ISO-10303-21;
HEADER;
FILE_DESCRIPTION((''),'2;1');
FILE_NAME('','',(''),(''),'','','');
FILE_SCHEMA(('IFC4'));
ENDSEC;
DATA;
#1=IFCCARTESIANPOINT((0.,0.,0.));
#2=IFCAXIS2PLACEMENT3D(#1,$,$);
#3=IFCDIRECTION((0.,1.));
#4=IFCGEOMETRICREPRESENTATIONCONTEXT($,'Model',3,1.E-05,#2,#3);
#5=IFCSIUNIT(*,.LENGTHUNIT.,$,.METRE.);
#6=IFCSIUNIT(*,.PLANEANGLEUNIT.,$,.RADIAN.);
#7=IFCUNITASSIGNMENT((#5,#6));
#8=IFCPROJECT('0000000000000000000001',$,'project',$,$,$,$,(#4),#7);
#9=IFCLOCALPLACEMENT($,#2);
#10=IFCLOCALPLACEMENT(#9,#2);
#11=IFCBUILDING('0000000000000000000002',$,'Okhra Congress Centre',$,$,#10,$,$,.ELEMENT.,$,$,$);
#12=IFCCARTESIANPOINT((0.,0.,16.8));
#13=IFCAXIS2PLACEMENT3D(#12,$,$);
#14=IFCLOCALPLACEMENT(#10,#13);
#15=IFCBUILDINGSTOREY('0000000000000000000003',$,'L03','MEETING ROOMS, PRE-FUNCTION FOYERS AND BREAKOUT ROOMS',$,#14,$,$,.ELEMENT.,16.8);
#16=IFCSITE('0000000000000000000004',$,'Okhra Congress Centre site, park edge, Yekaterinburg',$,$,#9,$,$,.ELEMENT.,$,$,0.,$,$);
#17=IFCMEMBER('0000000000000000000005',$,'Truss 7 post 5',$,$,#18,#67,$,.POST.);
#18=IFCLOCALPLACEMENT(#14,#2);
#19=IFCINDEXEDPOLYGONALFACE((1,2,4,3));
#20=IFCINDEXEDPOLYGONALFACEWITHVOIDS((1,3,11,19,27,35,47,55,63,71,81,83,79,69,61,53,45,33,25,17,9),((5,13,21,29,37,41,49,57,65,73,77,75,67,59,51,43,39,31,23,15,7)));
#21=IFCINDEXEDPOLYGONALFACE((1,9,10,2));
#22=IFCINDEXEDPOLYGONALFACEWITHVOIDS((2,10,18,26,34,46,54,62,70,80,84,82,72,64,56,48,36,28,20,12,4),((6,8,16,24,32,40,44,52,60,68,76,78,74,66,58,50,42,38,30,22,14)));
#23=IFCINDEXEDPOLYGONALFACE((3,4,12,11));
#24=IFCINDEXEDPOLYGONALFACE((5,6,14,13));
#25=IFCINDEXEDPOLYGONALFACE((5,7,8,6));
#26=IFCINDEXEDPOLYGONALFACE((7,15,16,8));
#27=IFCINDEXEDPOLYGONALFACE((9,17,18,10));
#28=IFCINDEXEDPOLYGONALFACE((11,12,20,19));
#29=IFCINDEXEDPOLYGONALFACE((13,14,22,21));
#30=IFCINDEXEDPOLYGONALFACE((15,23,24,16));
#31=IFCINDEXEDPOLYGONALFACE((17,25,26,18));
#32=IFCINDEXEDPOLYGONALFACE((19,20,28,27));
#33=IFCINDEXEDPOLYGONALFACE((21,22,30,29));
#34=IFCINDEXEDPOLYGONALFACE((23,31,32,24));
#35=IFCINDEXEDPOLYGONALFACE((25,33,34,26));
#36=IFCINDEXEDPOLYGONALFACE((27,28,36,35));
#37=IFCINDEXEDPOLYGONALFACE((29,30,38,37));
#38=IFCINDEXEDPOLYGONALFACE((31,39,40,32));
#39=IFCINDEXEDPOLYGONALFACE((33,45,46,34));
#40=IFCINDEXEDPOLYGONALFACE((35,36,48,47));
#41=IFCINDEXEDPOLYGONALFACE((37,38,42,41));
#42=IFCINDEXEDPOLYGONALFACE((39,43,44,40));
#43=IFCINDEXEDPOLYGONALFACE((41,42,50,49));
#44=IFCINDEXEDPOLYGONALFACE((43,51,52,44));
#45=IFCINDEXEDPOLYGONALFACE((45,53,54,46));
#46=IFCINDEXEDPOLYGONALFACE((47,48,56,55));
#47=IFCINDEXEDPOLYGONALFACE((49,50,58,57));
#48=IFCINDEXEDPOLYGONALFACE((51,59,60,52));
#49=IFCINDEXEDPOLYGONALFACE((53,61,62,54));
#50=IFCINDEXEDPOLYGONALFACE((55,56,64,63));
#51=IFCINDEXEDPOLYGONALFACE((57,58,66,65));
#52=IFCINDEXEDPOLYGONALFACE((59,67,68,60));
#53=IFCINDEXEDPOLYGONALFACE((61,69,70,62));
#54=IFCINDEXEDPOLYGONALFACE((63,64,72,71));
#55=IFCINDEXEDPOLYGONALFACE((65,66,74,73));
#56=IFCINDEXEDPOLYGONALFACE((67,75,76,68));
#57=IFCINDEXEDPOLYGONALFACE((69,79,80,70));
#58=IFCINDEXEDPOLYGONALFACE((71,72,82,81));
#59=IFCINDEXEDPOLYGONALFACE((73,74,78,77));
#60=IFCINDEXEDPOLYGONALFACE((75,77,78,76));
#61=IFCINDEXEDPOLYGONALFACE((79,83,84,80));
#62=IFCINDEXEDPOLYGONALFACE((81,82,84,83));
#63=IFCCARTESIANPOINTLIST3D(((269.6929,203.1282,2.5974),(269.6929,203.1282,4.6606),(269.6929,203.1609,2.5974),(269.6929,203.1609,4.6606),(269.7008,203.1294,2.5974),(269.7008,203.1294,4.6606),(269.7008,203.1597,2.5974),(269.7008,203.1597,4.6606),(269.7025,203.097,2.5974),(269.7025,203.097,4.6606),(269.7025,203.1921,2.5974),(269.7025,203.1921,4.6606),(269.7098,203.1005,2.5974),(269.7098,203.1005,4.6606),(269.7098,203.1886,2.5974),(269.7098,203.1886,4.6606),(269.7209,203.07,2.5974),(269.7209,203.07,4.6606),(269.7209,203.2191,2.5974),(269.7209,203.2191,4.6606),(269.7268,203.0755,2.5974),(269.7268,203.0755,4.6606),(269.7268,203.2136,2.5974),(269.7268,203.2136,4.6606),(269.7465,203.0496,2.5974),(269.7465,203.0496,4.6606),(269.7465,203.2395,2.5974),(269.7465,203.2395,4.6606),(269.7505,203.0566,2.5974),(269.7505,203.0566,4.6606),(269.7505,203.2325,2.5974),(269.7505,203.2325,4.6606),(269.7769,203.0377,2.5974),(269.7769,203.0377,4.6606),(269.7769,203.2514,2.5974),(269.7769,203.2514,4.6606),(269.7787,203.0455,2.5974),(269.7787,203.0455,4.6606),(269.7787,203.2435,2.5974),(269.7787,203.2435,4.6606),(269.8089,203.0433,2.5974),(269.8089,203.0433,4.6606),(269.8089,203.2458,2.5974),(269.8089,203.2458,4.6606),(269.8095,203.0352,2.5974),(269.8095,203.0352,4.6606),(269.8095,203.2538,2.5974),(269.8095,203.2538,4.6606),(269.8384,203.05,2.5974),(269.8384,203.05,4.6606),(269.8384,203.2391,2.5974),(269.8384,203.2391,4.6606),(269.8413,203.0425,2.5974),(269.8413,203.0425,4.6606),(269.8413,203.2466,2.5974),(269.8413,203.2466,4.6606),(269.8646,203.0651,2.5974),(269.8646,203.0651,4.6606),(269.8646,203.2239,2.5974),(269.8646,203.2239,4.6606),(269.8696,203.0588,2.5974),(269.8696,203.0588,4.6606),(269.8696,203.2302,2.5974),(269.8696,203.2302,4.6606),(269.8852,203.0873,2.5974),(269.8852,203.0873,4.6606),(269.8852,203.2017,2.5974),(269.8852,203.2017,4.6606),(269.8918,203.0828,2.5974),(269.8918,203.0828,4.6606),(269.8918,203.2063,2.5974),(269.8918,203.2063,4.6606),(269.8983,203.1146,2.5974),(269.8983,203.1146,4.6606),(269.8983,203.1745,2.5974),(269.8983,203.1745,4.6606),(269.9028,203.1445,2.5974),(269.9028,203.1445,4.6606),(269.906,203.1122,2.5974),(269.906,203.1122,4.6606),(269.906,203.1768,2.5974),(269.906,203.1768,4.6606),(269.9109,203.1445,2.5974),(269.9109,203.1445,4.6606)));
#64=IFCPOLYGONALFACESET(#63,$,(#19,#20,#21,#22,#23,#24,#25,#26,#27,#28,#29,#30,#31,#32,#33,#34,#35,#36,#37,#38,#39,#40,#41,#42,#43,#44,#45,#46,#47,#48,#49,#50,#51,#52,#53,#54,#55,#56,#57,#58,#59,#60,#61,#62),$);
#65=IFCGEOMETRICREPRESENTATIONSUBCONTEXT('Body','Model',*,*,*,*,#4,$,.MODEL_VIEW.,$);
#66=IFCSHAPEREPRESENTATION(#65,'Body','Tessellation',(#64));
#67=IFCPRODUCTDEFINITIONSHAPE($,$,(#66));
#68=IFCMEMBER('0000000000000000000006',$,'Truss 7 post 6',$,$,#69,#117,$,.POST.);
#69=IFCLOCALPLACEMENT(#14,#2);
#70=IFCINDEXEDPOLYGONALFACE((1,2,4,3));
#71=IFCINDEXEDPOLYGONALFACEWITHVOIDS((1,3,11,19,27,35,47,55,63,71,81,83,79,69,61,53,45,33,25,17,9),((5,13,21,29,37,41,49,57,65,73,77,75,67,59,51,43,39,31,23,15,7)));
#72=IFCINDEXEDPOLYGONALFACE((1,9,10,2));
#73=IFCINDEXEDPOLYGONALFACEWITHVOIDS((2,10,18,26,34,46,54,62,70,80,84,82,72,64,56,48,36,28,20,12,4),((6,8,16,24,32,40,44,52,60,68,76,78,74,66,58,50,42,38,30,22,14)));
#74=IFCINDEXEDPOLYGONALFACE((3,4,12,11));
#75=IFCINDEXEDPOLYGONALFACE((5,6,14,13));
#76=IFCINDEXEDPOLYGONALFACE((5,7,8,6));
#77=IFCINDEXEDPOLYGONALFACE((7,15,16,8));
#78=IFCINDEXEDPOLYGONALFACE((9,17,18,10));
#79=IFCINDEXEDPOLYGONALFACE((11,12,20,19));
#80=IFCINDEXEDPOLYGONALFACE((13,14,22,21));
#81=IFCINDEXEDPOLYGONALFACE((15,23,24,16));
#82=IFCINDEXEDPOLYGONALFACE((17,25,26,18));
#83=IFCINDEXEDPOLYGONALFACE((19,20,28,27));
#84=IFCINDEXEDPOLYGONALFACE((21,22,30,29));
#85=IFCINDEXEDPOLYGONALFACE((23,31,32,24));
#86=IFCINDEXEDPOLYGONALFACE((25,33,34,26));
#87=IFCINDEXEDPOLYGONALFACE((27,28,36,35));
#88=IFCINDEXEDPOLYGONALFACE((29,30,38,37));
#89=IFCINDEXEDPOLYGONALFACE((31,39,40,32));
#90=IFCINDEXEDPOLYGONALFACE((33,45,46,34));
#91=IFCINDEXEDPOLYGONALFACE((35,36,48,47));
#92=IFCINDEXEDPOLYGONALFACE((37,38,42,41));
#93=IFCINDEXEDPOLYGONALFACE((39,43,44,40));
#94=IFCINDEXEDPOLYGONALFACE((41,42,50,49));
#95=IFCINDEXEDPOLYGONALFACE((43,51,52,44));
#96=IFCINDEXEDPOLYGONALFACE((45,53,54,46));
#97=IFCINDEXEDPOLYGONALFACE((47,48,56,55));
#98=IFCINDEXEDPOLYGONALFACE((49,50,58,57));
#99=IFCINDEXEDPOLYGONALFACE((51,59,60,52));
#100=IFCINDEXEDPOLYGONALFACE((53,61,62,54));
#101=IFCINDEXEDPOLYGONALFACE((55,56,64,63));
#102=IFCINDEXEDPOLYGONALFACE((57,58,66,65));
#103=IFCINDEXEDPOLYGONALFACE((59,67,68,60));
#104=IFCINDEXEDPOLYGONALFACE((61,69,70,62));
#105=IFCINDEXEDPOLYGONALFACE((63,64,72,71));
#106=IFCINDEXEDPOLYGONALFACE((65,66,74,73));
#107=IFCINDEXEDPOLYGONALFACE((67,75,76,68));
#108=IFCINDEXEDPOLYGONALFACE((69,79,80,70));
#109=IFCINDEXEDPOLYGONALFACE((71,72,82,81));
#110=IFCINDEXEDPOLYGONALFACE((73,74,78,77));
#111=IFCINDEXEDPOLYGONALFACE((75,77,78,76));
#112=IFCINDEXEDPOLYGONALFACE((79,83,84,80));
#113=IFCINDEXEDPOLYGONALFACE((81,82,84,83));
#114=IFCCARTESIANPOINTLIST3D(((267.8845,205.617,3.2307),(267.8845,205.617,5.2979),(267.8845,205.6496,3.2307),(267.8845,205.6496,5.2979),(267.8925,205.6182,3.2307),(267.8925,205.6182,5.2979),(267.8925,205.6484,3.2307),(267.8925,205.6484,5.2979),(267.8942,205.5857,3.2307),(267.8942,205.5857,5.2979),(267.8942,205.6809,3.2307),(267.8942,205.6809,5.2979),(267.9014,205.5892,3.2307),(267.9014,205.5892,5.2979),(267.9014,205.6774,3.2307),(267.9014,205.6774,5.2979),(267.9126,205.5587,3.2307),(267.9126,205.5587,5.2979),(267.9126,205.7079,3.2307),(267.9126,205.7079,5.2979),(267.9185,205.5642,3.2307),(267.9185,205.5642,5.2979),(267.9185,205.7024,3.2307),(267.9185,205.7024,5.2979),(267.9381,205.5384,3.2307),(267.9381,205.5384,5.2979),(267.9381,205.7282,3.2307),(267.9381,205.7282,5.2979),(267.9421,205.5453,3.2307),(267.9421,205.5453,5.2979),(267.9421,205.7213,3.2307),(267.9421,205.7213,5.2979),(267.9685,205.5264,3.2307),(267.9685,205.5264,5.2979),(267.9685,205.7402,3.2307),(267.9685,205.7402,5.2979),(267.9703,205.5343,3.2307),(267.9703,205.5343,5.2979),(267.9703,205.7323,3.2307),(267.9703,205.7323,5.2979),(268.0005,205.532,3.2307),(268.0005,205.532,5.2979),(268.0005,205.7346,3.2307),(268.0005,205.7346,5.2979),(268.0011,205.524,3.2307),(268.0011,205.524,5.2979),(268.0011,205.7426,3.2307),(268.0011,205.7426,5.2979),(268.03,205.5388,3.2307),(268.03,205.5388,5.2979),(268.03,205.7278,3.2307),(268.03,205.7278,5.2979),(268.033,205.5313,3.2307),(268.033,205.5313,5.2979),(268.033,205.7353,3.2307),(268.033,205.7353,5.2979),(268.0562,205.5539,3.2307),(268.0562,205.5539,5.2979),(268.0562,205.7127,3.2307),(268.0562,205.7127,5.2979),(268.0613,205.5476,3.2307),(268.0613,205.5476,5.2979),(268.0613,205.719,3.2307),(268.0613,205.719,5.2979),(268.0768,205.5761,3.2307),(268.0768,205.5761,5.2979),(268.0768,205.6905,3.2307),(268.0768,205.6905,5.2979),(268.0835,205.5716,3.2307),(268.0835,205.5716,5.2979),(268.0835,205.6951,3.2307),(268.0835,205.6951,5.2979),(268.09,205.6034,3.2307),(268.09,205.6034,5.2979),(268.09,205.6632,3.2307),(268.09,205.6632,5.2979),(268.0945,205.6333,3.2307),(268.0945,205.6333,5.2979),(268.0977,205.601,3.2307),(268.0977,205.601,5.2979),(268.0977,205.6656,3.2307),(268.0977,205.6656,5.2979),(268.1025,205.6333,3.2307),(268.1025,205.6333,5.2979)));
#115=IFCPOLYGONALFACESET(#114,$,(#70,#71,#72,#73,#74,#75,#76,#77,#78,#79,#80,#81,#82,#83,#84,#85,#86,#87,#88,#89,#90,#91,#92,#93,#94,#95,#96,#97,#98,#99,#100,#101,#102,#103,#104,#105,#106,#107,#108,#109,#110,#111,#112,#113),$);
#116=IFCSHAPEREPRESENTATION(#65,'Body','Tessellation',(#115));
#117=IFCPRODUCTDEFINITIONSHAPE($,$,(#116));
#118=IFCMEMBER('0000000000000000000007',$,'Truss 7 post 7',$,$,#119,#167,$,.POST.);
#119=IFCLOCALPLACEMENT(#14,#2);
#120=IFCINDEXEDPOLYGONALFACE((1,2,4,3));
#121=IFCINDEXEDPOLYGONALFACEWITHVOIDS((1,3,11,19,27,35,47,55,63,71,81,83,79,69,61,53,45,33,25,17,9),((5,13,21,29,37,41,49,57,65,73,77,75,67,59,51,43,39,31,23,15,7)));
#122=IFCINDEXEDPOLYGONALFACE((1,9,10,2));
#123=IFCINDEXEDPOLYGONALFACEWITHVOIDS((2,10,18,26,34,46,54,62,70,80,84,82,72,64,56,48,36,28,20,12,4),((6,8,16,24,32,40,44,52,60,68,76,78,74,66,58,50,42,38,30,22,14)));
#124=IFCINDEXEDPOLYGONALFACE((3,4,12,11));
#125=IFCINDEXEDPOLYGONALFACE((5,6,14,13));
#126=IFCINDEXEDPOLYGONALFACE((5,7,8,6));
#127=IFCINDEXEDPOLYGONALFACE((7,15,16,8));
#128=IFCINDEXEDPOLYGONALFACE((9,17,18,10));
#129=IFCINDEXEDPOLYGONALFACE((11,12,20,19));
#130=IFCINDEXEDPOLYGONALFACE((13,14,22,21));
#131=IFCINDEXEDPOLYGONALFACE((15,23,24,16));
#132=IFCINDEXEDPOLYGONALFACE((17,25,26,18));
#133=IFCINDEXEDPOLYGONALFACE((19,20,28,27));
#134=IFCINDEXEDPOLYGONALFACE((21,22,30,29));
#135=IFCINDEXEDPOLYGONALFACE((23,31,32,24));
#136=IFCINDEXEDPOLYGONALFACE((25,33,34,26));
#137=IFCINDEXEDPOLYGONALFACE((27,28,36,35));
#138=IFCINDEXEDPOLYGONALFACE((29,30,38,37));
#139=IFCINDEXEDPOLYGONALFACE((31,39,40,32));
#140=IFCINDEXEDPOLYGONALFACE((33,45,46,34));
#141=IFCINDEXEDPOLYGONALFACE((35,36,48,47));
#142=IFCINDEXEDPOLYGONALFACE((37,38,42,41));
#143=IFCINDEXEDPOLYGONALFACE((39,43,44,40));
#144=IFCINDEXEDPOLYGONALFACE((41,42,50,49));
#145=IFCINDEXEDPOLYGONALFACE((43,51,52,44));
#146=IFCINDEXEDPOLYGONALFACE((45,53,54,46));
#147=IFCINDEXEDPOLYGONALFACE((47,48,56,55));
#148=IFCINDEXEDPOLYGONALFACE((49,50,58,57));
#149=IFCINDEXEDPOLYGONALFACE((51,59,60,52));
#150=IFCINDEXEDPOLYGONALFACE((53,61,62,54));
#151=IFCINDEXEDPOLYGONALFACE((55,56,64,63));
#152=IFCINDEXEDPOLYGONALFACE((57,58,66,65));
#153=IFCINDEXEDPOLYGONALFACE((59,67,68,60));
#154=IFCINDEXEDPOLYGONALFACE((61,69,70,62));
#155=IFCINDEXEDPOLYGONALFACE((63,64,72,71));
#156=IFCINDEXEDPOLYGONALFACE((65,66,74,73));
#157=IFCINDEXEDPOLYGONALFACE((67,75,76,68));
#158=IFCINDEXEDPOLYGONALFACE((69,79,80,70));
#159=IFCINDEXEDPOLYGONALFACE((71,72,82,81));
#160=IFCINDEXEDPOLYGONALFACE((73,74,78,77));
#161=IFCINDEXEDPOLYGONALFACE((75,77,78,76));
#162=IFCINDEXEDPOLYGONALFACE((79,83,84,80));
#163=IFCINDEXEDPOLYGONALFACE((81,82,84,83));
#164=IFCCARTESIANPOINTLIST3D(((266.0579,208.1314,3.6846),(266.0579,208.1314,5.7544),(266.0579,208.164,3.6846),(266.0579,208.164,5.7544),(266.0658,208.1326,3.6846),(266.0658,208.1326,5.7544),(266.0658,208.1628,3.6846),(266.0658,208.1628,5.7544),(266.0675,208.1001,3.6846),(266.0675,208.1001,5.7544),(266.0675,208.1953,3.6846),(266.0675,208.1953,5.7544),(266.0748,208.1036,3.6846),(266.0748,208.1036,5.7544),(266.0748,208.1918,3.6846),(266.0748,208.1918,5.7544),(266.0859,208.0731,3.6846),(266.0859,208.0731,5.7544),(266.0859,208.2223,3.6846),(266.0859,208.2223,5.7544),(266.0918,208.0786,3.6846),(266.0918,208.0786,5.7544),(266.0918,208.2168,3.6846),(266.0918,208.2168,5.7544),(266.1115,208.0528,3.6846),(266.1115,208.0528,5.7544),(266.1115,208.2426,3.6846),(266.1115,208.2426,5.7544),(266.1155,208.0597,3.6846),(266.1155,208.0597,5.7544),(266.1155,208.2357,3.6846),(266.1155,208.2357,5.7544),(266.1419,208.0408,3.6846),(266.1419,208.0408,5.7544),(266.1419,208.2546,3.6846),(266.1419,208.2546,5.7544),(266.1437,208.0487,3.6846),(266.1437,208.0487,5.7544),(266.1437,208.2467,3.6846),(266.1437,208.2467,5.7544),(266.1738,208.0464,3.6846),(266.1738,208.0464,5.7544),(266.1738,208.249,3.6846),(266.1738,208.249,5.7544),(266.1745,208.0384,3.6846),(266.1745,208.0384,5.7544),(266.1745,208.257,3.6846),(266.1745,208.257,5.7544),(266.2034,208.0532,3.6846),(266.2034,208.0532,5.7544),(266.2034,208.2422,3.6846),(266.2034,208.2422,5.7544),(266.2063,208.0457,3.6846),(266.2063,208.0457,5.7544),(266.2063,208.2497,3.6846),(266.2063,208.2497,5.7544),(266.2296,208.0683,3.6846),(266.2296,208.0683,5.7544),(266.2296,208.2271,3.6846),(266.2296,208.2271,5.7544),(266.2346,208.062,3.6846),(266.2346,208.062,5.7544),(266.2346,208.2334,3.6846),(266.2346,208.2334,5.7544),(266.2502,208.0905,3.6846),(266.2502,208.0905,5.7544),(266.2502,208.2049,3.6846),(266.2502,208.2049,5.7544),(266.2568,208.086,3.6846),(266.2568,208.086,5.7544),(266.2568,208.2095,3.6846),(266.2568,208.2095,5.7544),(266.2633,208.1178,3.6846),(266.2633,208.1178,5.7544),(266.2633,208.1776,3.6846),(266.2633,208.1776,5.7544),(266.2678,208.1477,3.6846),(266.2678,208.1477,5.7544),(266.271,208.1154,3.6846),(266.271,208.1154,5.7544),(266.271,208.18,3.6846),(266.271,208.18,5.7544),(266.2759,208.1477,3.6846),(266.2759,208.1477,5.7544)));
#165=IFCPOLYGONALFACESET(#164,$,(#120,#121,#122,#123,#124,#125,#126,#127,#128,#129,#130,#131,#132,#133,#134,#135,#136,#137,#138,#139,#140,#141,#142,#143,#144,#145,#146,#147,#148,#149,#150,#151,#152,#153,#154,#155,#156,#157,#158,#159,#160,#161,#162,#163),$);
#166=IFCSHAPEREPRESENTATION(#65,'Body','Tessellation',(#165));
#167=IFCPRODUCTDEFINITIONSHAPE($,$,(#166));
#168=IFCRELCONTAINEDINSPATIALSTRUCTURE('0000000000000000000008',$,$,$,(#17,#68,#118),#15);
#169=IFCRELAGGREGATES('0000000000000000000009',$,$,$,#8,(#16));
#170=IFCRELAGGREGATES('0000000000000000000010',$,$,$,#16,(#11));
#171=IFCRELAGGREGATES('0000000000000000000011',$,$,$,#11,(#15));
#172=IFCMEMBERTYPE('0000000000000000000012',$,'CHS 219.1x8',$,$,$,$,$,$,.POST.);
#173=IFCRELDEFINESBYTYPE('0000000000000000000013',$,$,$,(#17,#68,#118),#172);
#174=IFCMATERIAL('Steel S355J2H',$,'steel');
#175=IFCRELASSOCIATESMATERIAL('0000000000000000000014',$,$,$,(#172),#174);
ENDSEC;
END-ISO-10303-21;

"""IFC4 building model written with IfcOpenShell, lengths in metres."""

from ifc_helpers import new_model, si_unit, direction, frame, origin, origin_2d, place, context, subcontext, project, spatial, hollow_circle, extrude, material, material_profile, profile_set, type_object, element, save


model = new_model("IFC4")

# Units and contexts
model_context = context("Model", 3, precision=1e-05, world=origin(), true_north=direction((0.0, 1.0)))
body_context = subcontext(model_context, "Body", "Model", "MODEL_VIEW")
ifc_project = project(units=[si_unit("LENGTHUNIT", "METRE"), si_unit("PLANEANGLEUNIT", "RADIAN")], contexts=[model_context])

# Site, building, storey
site_placement = place(None, origin())
site = spatial("IfcSite", under=ifc_project, at=site_placement, Name="Okhra Congress Centre site, park edge, Yekaterinburg", CompositionType="ELEMENT", RefElevation=0.0)
building_placement = place(site_placement, origin())
building = spatial("IfcBuilding", under=site, at=building_placement, Name="Okhra Congress Centre", CompositionType="ELEMENT")
storey_placement = place(building_placement, frame((0.0, 0.0, 16.8)))
storey = spatial("IfcBuildingStorey", under=building, at=storey_placement, Name="L03", Description="MEETING ROOMS, PRE-FUNCTION FOYERS AND BREAKOUT ROOMS", CompositionType="ELEMENT", Elevation=16.8)

# Members
ifc_material_1 = material(Name="Steel S355J2H", Category="steel")
ifc_material_profile_1 = material_profile(ifc_material_1, hollow_circle(Radius=0.1096, WallThickness=0.0081, at=origin_2d()), Name="CHS 219.1x8")
ifc_profile_set_1 = profile_set([ifc_material_profile_1], Name="Steel S355J2H")
member_type_1 = type_object("IfcMemberType", Name="CHS 219.1x8", PredefinedType="POST", material=ifc_profile_set_1)
member_1_placement = place(storey_placement, frame((269.8013, 203.1445, 2.5974), z_axis=(0.0, 0.0, 1.0), x_axis=(1.0, 0.0, 0.0)))
element("IfcMember", 1, at=member_1_placement, inside=storey, type_object=member_type_1, Name="Truss 7 post 5", PredefinedType="POST", context=body_context, shape_type="SweptSolid", body=[
    extrude(hollow_circle(Radius=0.1096, WallThickness=0.0081, at=origin_2d()), origin(), (0.0, 0.0, 1.0), 2.0632),
])
member_2_placement = place(storey_placement, frame((267.9929, 205.6333, 3.2307), z_axis=(0.0, 0.0, 1.0), x_axis=(1.0, 0.0, 0.0)))
element("IfcMember", 2, at=member_2_placement, inside=storey, type_object=member_type_1, Name="Truss 7 post 6", PredefinedType="POST", context=body_context, shape_type="SweptSolid", body=[
    extrude(hollow_circle(Radius=0.1096, WallThickness=0.0081, at=origin_2d()), origin(), (0.0, 0.0, 1.0), 2.0671),
])
member_3_placement = place(storey_placement, frame((266.1663, 208.1477, 3.6846), z_axis=(0.0, 0.0, 1.0), x_axis=(1.0, 0.0, 0.0)))
element("IfcMember", 3, at=member_3_placement, inside=storey, type_object=member_type_1, Name="Truss 7 post 7", PredefinedType="POST", context=body_context, shape_type="SweptSolid", body=[
    extrude(hollow_circle(Radius=0.1096, WallThickness=0.0081, at=origin_2d()), origin(), (0.0, 0.0, 1.0), 2.0698),
])

save(model, "model.ifc")
